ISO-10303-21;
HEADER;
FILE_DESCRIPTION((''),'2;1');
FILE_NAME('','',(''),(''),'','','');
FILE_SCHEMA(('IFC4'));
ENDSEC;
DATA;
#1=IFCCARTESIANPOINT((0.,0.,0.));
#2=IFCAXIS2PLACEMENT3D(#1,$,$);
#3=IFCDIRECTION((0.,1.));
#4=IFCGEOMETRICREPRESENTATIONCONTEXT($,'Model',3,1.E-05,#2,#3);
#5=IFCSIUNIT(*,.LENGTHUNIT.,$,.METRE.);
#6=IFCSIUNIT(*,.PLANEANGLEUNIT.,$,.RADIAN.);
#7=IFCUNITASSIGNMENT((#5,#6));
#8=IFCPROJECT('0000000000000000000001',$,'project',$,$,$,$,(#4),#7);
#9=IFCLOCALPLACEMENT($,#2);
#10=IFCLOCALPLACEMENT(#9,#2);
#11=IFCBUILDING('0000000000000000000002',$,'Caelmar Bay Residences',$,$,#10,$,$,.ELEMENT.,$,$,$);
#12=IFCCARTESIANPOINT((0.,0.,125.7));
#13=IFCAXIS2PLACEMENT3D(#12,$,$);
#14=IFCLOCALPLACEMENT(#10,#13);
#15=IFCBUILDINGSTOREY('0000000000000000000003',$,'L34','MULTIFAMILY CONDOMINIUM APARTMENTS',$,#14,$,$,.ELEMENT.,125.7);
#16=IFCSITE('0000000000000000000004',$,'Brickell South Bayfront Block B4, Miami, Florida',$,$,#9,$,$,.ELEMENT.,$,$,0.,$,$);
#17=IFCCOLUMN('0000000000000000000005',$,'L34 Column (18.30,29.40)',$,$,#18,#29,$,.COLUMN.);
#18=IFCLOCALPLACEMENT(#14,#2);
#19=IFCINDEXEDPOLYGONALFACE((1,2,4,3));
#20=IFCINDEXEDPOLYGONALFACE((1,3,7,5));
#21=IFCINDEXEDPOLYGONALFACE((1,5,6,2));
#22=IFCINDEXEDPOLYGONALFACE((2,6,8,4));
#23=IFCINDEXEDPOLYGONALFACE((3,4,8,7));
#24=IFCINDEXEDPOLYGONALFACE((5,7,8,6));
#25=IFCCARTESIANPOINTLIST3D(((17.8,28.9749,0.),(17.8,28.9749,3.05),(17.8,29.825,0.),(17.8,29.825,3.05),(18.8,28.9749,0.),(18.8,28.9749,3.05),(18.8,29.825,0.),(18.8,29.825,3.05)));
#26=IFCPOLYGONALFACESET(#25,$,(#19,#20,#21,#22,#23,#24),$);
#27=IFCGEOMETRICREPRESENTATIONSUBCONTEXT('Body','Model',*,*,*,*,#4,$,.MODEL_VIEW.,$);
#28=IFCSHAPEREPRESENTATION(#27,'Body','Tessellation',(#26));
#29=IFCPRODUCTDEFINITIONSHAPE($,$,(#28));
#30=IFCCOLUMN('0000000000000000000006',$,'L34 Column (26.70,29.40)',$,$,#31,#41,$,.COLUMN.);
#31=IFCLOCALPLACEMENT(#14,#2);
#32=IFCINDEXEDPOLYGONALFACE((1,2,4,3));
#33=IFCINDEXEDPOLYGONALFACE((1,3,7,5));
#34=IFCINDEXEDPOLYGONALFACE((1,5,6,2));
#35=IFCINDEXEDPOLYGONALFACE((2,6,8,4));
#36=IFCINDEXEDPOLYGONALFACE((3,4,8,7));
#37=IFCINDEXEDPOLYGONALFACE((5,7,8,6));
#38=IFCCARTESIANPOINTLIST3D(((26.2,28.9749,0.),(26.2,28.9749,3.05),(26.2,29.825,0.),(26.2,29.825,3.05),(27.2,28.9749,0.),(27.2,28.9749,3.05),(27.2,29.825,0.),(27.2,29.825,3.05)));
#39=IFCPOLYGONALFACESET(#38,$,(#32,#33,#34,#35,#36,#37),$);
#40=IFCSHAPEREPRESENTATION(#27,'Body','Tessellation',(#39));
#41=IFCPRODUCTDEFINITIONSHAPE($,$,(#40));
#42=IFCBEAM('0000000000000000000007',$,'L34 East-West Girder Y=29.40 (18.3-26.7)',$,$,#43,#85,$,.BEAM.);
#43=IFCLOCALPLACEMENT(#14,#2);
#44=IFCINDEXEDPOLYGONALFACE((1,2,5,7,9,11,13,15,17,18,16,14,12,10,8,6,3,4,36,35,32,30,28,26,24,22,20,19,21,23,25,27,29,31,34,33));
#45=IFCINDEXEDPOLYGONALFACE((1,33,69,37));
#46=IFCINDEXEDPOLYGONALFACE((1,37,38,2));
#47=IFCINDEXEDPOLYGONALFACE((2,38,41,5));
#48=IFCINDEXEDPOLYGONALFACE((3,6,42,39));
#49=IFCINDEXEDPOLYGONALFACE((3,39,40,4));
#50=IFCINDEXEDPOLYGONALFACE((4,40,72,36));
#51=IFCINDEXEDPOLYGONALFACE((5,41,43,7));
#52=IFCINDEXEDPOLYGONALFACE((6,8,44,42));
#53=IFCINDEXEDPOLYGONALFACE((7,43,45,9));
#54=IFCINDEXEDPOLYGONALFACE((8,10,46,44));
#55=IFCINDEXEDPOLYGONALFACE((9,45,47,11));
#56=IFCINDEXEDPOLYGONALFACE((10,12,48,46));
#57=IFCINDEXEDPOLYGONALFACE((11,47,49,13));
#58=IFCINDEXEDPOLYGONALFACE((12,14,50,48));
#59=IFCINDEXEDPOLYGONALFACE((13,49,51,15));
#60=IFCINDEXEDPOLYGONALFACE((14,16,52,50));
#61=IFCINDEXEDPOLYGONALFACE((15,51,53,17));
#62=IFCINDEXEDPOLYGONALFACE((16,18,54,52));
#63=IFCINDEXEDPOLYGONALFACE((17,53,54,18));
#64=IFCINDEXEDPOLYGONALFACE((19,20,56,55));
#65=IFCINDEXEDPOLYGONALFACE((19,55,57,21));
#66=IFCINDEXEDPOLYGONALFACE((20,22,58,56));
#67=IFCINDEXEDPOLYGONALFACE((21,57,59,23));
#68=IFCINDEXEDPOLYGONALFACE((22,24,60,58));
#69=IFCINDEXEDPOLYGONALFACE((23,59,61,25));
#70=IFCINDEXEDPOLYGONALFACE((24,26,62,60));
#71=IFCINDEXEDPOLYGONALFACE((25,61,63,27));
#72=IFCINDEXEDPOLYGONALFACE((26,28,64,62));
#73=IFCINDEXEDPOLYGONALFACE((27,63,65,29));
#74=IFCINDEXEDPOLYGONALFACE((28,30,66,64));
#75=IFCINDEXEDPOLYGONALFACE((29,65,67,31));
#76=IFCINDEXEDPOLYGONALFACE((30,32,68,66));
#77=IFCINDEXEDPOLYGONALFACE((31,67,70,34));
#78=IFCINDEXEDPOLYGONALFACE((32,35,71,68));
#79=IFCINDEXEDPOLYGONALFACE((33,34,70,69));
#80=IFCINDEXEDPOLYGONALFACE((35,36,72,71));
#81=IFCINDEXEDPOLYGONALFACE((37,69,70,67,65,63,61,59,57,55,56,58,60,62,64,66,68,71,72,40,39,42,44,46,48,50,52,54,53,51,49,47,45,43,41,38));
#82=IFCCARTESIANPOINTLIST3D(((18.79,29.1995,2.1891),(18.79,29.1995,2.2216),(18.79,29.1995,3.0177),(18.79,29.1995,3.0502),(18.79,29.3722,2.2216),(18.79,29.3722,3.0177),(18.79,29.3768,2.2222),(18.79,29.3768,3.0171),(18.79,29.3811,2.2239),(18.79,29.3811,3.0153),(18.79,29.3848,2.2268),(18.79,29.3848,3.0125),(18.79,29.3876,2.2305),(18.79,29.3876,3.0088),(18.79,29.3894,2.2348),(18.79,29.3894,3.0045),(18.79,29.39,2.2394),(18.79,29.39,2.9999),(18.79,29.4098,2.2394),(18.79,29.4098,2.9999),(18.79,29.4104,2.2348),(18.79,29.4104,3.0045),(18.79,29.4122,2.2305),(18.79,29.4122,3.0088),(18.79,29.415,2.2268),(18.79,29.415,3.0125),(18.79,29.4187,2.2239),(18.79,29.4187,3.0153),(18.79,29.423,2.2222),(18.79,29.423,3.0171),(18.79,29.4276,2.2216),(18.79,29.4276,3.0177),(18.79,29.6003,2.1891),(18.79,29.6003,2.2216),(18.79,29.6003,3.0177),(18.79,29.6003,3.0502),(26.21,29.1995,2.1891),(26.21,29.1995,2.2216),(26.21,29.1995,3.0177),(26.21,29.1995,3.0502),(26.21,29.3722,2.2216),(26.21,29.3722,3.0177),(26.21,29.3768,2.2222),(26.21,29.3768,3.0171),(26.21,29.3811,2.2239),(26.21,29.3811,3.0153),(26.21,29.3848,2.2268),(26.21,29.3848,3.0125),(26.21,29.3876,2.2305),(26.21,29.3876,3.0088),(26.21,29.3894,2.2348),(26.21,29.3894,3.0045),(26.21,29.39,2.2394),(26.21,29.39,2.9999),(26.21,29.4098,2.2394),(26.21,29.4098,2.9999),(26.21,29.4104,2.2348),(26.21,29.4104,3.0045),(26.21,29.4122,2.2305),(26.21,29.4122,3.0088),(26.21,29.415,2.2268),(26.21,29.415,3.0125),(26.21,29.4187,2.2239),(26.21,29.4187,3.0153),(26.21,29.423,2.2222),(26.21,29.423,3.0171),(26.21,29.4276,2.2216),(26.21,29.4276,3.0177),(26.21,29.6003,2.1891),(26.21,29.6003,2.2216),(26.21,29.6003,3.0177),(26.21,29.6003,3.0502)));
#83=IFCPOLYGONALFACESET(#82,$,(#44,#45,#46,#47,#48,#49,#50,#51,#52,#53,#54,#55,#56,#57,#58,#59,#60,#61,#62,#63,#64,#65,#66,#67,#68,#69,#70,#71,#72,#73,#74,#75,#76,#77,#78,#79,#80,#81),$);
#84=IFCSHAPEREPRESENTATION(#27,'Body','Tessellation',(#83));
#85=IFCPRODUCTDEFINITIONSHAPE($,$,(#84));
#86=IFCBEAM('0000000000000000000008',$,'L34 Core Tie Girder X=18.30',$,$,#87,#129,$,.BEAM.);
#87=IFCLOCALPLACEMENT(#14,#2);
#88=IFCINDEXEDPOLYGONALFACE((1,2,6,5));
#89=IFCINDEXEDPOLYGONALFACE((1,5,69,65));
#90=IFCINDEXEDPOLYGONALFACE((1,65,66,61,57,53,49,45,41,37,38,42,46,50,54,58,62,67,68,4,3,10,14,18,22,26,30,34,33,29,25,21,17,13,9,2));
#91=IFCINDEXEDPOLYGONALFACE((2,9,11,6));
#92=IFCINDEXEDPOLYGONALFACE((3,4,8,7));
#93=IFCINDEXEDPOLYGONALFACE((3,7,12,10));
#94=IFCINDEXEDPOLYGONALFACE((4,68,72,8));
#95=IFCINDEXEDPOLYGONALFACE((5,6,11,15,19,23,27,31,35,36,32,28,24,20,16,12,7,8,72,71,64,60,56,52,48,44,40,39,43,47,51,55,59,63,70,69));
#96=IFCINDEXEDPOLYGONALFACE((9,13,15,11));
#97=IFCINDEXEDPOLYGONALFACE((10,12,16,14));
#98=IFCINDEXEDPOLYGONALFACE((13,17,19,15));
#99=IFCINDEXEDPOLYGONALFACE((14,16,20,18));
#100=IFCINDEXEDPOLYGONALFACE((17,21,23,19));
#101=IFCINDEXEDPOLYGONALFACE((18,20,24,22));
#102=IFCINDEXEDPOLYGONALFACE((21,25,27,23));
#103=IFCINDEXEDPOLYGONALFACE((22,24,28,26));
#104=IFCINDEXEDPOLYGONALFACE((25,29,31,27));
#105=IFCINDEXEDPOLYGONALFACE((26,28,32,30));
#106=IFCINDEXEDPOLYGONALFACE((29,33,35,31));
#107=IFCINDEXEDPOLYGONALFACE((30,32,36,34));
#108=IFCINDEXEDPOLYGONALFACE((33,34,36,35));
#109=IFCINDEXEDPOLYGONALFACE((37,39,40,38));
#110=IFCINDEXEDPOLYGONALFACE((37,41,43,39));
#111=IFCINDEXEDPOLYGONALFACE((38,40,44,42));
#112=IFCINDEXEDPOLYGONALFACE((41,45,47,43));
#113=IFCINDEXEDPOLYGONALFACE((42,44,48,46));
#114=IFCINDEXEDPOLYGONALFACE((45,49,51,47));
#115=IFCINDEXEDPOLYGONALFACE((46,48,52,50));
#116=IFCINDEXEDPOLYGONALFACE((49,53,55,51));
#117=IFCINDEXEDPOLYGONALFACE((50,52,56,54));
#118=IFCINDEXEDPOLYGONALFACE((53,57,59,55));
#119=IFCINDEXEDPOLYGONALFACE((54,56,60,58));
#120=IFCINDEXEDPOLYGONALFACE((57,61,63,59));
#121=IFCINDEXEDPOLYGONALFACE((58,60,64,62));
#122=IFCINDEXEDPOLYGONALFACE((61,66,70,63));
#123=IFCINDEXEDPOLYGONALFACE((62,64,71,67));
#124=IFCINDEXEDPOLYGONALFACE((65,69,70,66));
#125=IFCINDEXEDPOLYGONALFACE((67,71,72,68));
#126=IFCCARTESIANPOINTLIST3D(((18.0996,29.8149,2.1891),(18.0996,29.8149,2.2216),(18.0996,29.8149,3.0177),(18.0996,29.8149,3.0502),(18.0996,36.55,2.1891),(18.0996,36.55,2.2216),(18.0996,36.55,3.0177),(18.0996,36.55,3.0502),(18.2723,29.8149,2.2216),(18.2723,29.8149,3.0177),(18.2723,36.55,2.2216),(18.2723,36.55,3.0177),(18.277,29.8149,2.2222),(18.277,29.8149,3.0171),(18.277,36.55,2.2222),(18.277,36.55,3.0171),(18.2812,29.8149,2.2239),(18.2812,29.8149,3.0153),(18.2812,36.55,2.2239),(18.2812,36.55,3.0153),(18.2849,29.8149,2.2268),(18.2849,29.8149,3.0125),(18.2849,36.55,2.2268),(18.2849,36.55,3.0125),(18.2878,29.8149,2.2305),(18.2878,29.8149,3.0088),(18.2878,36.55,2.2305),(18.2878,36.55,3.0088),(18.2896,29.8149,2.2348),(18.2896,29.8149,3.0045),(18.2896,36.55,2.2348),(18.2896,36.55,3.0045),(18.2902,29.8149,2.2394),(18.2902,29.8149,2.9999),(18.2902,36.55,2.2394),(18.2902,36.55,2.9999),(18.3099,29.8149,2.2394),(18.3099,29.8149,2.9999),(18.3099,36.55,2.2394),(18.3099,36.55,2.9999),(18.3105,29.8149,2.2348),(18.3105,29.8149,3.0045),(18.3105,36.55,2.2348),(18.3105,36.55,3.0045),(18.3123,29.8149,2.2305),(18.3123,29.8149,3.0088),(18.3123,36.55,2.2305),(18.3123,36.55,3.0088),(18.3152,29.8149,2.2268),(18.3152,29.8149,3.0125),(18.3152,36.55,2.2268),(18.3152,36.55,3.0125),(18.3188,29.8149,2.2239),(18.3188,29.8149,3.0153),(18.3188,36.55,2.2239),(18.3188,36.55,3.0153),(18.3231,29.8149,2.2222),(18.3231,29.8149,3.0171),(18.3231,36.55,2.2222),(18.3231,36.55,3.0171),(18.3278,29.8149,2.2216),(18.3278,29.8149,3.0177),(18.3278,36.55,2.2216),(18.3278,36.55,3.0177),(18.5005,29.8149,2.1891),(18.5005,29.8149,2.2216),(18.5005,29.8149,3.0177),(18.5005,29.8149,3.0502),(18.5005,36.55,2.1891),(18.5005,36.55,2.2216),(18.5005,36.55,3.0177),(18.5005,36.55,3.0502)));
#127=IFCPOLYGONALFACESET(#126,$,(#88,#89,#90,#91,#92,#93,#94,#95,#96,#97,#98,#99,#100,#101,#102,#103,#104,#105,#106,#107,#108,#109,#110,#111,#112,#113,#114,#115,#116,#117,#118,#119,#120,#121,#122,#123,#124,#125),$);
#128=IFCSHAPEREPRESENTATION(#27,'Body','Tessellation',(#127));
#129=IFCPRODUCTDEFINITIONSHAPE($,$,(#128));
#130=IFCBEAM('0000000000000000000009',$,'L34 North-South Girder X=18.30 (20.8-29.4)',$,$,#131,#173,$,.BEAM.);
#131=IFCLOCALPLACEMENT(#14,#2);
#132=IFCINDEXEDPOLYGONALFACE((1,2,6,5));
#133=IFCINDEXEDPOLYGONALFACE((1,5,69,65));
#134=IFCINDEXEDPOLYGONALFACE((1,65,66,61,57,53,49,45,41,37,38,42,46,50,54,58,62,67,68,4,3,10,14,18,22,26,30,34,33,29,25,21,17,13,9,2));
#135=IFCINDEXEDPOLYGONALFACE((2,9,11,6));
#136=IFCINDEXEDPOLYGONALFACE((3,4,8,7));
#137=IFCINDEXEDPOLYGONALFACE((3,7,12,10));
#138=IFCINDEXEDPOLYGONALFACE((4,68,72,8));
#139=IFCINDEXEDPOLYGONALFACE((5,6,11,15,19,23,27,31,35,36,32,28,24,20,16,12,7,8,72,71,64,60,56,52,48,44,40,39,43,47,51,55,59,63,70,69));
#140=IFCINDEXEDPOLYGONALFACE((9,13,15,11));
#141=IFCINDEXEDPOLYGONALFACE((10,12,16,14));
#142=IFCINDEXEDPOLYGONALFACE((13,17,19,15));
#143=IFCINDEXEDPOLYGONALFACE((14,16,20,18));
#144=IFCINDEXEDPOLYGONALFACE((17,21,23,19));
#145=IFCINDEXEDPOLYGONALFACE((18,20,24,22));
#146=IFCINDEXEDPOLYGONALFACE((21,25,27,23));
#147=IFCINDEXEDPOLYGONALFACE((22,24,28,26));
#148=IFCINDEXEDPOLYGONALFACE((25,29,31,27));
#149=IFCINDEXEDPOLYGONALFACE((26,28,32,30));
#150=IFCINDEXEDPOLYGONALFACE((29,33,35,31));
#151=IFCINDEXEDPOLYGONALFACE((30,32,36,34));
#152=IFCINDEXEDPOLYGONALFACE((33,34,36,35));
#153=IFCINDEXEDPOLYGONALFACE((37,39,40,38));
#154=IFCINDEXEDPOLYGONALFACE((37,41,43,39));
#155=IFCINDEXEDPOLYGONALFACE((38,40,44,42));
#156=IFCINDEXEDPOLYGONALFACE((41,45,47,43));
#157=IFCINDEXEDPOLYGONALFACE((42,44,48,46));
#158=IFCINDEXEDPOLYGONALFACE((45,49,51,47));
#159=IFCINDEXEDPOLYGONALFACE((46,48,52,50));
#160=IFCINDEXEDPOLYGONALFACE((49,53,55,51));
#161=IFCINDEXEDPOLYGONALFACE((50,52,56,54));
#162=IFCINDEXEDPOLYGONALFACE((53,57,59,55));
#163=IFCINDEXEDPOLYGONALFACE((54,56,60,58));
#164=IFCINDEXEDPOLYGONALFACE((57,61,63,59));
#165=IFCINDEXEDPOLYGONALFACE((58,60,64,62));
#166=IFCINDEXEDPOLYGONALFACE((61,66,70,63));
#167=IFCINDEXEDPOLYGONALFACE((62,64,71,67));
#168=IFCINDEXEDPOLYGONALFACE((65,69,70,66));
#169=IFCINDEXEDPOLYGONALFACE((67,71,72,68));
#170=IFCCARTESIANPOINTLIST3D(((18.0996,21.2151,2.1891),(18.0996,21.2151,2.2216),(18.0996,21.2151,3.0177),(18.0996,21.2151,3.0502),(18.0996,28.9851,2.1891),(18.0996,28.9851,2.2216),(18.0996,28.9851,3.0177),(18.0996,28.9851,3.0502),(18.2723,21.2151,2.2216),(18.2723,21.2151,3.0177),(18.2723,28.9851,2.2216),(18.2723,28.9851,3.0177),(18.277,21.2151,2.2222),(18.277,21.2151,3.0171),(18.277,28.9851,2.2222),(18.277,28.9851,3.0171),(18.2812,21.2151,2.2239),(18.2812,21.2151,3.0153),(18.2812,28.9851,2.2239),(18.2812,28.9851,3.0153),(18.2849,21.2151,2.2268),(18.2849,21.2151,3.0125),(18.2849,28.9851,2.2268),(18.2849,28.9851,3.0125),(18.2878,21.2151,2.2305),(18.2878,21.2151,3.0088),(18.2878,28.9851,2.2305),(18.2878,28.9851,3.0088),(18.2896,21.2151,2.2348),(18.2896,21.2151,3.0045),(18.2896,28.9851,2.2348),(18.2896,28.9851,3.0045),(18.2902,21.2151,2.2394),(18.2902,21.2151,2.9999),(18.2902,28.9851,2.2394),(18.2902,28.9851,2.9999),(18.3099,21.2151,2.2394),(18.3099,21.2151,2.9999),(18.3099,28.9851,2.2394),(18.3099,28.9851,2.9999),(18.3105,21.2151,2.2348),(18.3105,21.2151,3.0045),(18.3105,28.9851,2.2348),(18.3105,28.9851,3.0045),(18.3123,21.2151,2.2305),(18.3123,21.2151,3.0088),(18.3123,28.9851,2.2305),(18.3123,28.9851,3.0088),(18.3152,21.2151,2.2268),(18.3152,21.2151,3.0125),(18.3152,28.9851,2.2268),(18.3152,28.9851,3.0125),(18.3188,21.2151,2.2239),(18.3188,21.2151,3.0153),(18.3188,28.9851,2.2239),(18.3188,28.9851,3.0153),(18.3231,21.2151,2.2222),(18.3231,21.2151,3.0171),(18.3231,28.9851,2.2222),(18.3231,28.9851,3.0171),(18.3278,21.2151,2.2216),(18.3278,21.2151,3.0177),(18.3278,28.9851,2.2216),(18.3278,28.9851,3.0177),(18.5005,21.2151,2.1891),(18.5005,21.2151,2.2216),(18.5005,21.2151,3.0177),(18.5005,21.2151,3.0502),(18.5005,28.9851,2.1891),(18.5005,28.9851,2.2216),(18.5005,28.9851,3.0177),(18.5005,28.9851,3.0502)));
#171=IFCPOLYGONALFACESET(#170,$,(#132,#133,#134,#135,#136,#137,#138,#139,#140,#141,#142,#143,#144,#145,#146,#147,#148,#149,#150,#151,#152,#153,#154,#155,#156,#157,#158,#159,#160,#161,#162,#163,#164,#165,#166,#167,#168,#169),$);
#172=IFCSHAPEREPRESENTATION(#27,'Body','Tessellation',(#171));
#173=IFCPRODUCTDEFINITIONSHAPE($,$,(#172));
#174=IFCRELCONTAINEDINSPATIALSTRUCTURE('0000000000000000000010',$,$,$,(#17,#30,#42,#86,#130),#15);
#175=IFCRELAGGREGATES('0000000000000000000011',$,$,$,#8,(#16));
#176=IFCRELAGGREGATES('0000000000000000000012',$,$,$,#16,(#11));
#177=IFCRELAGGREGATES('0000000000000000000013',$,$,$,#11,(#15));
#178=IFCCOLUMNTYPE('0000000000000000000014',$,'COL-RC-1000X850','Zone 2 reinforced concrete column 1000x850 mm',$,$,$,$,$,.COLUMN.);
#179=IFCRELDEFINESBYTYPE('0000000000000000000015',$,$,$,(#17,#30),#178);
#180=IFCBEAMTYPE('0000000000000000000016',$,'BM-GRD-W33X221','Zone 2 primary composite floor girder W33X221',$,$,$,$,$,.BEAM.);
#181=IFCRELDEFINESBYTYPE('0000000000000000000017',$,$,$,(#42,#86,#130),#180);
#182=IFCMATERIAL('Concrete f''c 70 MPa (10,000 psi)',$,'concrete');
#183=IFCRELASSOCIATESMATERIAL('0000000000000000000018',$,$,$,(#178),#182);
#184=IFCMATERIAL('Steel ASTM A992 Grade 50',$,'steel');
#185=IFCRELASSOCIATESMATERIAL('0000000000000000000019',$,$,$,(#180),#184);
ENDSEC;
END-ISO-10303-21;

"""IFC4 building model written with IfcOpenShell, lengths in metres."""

from ifc_helpers import new_model, si_unit, direction, frame, origin, origin_2d, place, context, subcontext, project, spatial, rectangle, i_section, extrude, material, material_profile, profile_set, type_object, element, save


model = new_model("IFC4")

# Units and contexts
model_context = context("Model", 3, precision=1e-05, world=origin(), true_north=direction((0.0, 1.0)))
body_context = subcontext(model_context, "Body", "Model", "MODEL_VIEW")
ifc_project = project(units=[si_unit("LENGTHUNIT", "METRE"), si_unit("PLANEANGLEUNIT", "RADIAN")], contexts=[model_context])

# Site, building, storey
site_placement = place(None, origin())
site = spatial("IfcSite", under=ifc_project, at=site_placement, Name="Brickell South Bayfront Block B4, Miami, Florida", CompositionType="ELEMENT", RefElevation=0.0)
building_placement = place(site_placement, origin())
building = spatial("IfcBuilding", under=site, at=building_placement, Name="Caelmar Bay Residences", CompositionType="ELEMENT")
storey_placement = place(building_placement, frame((0.0, 0.0, 125.7)))
storey = spatial("IfcBuildingStorey", under=building, at=storey_placement, Name="L34", Description="MULTIFAMILY CONDOMINIUM APARTMENTS", CompositionType="ELEMENT", Elevation=125.7)

# Columns
ifc_material_1 = material(Name="Concrete f'c 70 MPa (10,000 psi)", Category="concrete")
ifc_material_profile_1 = material_profile(ifc_material_1, rectangle(XDim=1.0, YDim=0.8501, at=origin_2d()), Name="RC-COL-1000X850")
ifc_profile_set_1 = profile_set([ifc_material_profile_1], Name="Concrete f'c 70 MPa (10,000 psi)")
column_type = type_object("IfcColumnType", Name="COL-RC-1000X850", Description="Zone 2 reinforced concrete column 1000x850 mm", PredefinedType="COLUMN", material=ifc_profile_set_1)
for number, where, z_axis, x_axis, name in (
    (1, (18.3, 29.3999, 0.0), (0.0, 0.0, 1.0), (1.0, 0.0, 0.0), "L34 Column (18.30,29.40)"),
    (2, (26.7, 29.3999, 0.0), (0.0, 0.0, 1.0), (1.0, 0.0, 0.0), "L34 Column (26.70,29.40)"),
):
    element("IfcColumn", number, at=place(storey_placement, frame(where, z_axis=z_axis, x_axis=x_axis)), inside=storey, type_object=column_type, Name=name, PredefinedType="COLUMN", context=body_context, shape_type="SweptSolid", body=[
        extrude(rectangle(XDim=1.0, YDim=0.8501, at=origin_2d()), origin(), (0.0, 0.0, 1.0), 3.05),
    ])

# Beams
ifc_material_2 = material(Name="Steel ASTM A992 Grade 50", Category="steel")
ifc_material_profile_2 = material_profile(ifc_material_2, i_section(OverallWidth=0.4009, OverallDepth=0.8611, WebThickness=0.0198, FlangeThickness=0.0325, FilletRadius=0.0178, at=origin_2d()), Name="W33X221")
ifc_profile_set_2 = profile_set([ifc_material_profile_2], Name="Steel ASTM A992 Grade 50")
beam_type_1 = type_object("IfcBeamType", Name="BM-GRD-W33X221", Description="Zone 2 primary composite floor girder W33X221", PredefinedType="BEAM", material=ifc_profile_set_2)
beam_1_placement = place(storey_placement, frame((18.79, 29.3999, 2.6196), z_axis=(1.0, 0.0, 0.0), x_axis=(0.0, 1.0, 0.0)))
element("IfcBeam", 3, at=beam_1_placement, inside=storey, type_object=beam_type_1, Name="L34 East-West Girder Y=29.40 (18.3-26.7)", PredefinedType="BEAM", context=body_context, shape_type="SweptSolid", body=[
    extrude(i_section(OverallWidth=0.4009, OverallDepth=0.8611, WebThickness=0.0198, FlangeThickness=0.0325, FilletRadius=0.0178, at=origin_2d()), origin(), (0.0, 0.0, 1.0), 7.4199),
])
beam_2_placement = place(storey_placement, frame((18.3, 29.8149, 2.6196), z_axis=(0.0, 1.0, 0.0), x_axis=(-1.0, 0.0, 0.0)))
element("IfcBeam", 4, at=beam_2_placement, inside=storey, type_object=beam_type_1, Name="L34 Core Tie Girder X=18.30", PredefinedType="BEAM", context=body_context, shape_type="SweptSolid", body=[
    extrude(i_section(OverallWidth=0.4009, OverallDepth=0.8611, WebThickness=0.0198, FlangeThickness=0.0325, FilletRadius=0.0178, at=origin_2d()), origin(), (0.0, 0.0, 1.0), 6.7351),
])
beam_3_placement = place(storey_placement, frame((18.3, 21.2151, 2.6196), z_axis=(0.0, 1.0, 0.0), x_axis=(-1.0, 0.0, 0.0)))
element("IfcBeam", 5, at=beam_3_placement, inside=storey, type_object=beam_type_1, Name="L34 North-South Girder X=18.30 (20.8-29.4)", PredefinedType="BEAM", context=body_context, shape_type="SweptSolid", body=[
    extrude(i_section(OverallWidth=0.4009, OverallDepth=0.8611, WebThickness=0.0198, FlangeThickness=0.0325, FilletRadius=0.0178, at=origin_2d()), origin(), (0.0, 0.0, 1.0), 7.77),
])

save(model, "model.ifc")
